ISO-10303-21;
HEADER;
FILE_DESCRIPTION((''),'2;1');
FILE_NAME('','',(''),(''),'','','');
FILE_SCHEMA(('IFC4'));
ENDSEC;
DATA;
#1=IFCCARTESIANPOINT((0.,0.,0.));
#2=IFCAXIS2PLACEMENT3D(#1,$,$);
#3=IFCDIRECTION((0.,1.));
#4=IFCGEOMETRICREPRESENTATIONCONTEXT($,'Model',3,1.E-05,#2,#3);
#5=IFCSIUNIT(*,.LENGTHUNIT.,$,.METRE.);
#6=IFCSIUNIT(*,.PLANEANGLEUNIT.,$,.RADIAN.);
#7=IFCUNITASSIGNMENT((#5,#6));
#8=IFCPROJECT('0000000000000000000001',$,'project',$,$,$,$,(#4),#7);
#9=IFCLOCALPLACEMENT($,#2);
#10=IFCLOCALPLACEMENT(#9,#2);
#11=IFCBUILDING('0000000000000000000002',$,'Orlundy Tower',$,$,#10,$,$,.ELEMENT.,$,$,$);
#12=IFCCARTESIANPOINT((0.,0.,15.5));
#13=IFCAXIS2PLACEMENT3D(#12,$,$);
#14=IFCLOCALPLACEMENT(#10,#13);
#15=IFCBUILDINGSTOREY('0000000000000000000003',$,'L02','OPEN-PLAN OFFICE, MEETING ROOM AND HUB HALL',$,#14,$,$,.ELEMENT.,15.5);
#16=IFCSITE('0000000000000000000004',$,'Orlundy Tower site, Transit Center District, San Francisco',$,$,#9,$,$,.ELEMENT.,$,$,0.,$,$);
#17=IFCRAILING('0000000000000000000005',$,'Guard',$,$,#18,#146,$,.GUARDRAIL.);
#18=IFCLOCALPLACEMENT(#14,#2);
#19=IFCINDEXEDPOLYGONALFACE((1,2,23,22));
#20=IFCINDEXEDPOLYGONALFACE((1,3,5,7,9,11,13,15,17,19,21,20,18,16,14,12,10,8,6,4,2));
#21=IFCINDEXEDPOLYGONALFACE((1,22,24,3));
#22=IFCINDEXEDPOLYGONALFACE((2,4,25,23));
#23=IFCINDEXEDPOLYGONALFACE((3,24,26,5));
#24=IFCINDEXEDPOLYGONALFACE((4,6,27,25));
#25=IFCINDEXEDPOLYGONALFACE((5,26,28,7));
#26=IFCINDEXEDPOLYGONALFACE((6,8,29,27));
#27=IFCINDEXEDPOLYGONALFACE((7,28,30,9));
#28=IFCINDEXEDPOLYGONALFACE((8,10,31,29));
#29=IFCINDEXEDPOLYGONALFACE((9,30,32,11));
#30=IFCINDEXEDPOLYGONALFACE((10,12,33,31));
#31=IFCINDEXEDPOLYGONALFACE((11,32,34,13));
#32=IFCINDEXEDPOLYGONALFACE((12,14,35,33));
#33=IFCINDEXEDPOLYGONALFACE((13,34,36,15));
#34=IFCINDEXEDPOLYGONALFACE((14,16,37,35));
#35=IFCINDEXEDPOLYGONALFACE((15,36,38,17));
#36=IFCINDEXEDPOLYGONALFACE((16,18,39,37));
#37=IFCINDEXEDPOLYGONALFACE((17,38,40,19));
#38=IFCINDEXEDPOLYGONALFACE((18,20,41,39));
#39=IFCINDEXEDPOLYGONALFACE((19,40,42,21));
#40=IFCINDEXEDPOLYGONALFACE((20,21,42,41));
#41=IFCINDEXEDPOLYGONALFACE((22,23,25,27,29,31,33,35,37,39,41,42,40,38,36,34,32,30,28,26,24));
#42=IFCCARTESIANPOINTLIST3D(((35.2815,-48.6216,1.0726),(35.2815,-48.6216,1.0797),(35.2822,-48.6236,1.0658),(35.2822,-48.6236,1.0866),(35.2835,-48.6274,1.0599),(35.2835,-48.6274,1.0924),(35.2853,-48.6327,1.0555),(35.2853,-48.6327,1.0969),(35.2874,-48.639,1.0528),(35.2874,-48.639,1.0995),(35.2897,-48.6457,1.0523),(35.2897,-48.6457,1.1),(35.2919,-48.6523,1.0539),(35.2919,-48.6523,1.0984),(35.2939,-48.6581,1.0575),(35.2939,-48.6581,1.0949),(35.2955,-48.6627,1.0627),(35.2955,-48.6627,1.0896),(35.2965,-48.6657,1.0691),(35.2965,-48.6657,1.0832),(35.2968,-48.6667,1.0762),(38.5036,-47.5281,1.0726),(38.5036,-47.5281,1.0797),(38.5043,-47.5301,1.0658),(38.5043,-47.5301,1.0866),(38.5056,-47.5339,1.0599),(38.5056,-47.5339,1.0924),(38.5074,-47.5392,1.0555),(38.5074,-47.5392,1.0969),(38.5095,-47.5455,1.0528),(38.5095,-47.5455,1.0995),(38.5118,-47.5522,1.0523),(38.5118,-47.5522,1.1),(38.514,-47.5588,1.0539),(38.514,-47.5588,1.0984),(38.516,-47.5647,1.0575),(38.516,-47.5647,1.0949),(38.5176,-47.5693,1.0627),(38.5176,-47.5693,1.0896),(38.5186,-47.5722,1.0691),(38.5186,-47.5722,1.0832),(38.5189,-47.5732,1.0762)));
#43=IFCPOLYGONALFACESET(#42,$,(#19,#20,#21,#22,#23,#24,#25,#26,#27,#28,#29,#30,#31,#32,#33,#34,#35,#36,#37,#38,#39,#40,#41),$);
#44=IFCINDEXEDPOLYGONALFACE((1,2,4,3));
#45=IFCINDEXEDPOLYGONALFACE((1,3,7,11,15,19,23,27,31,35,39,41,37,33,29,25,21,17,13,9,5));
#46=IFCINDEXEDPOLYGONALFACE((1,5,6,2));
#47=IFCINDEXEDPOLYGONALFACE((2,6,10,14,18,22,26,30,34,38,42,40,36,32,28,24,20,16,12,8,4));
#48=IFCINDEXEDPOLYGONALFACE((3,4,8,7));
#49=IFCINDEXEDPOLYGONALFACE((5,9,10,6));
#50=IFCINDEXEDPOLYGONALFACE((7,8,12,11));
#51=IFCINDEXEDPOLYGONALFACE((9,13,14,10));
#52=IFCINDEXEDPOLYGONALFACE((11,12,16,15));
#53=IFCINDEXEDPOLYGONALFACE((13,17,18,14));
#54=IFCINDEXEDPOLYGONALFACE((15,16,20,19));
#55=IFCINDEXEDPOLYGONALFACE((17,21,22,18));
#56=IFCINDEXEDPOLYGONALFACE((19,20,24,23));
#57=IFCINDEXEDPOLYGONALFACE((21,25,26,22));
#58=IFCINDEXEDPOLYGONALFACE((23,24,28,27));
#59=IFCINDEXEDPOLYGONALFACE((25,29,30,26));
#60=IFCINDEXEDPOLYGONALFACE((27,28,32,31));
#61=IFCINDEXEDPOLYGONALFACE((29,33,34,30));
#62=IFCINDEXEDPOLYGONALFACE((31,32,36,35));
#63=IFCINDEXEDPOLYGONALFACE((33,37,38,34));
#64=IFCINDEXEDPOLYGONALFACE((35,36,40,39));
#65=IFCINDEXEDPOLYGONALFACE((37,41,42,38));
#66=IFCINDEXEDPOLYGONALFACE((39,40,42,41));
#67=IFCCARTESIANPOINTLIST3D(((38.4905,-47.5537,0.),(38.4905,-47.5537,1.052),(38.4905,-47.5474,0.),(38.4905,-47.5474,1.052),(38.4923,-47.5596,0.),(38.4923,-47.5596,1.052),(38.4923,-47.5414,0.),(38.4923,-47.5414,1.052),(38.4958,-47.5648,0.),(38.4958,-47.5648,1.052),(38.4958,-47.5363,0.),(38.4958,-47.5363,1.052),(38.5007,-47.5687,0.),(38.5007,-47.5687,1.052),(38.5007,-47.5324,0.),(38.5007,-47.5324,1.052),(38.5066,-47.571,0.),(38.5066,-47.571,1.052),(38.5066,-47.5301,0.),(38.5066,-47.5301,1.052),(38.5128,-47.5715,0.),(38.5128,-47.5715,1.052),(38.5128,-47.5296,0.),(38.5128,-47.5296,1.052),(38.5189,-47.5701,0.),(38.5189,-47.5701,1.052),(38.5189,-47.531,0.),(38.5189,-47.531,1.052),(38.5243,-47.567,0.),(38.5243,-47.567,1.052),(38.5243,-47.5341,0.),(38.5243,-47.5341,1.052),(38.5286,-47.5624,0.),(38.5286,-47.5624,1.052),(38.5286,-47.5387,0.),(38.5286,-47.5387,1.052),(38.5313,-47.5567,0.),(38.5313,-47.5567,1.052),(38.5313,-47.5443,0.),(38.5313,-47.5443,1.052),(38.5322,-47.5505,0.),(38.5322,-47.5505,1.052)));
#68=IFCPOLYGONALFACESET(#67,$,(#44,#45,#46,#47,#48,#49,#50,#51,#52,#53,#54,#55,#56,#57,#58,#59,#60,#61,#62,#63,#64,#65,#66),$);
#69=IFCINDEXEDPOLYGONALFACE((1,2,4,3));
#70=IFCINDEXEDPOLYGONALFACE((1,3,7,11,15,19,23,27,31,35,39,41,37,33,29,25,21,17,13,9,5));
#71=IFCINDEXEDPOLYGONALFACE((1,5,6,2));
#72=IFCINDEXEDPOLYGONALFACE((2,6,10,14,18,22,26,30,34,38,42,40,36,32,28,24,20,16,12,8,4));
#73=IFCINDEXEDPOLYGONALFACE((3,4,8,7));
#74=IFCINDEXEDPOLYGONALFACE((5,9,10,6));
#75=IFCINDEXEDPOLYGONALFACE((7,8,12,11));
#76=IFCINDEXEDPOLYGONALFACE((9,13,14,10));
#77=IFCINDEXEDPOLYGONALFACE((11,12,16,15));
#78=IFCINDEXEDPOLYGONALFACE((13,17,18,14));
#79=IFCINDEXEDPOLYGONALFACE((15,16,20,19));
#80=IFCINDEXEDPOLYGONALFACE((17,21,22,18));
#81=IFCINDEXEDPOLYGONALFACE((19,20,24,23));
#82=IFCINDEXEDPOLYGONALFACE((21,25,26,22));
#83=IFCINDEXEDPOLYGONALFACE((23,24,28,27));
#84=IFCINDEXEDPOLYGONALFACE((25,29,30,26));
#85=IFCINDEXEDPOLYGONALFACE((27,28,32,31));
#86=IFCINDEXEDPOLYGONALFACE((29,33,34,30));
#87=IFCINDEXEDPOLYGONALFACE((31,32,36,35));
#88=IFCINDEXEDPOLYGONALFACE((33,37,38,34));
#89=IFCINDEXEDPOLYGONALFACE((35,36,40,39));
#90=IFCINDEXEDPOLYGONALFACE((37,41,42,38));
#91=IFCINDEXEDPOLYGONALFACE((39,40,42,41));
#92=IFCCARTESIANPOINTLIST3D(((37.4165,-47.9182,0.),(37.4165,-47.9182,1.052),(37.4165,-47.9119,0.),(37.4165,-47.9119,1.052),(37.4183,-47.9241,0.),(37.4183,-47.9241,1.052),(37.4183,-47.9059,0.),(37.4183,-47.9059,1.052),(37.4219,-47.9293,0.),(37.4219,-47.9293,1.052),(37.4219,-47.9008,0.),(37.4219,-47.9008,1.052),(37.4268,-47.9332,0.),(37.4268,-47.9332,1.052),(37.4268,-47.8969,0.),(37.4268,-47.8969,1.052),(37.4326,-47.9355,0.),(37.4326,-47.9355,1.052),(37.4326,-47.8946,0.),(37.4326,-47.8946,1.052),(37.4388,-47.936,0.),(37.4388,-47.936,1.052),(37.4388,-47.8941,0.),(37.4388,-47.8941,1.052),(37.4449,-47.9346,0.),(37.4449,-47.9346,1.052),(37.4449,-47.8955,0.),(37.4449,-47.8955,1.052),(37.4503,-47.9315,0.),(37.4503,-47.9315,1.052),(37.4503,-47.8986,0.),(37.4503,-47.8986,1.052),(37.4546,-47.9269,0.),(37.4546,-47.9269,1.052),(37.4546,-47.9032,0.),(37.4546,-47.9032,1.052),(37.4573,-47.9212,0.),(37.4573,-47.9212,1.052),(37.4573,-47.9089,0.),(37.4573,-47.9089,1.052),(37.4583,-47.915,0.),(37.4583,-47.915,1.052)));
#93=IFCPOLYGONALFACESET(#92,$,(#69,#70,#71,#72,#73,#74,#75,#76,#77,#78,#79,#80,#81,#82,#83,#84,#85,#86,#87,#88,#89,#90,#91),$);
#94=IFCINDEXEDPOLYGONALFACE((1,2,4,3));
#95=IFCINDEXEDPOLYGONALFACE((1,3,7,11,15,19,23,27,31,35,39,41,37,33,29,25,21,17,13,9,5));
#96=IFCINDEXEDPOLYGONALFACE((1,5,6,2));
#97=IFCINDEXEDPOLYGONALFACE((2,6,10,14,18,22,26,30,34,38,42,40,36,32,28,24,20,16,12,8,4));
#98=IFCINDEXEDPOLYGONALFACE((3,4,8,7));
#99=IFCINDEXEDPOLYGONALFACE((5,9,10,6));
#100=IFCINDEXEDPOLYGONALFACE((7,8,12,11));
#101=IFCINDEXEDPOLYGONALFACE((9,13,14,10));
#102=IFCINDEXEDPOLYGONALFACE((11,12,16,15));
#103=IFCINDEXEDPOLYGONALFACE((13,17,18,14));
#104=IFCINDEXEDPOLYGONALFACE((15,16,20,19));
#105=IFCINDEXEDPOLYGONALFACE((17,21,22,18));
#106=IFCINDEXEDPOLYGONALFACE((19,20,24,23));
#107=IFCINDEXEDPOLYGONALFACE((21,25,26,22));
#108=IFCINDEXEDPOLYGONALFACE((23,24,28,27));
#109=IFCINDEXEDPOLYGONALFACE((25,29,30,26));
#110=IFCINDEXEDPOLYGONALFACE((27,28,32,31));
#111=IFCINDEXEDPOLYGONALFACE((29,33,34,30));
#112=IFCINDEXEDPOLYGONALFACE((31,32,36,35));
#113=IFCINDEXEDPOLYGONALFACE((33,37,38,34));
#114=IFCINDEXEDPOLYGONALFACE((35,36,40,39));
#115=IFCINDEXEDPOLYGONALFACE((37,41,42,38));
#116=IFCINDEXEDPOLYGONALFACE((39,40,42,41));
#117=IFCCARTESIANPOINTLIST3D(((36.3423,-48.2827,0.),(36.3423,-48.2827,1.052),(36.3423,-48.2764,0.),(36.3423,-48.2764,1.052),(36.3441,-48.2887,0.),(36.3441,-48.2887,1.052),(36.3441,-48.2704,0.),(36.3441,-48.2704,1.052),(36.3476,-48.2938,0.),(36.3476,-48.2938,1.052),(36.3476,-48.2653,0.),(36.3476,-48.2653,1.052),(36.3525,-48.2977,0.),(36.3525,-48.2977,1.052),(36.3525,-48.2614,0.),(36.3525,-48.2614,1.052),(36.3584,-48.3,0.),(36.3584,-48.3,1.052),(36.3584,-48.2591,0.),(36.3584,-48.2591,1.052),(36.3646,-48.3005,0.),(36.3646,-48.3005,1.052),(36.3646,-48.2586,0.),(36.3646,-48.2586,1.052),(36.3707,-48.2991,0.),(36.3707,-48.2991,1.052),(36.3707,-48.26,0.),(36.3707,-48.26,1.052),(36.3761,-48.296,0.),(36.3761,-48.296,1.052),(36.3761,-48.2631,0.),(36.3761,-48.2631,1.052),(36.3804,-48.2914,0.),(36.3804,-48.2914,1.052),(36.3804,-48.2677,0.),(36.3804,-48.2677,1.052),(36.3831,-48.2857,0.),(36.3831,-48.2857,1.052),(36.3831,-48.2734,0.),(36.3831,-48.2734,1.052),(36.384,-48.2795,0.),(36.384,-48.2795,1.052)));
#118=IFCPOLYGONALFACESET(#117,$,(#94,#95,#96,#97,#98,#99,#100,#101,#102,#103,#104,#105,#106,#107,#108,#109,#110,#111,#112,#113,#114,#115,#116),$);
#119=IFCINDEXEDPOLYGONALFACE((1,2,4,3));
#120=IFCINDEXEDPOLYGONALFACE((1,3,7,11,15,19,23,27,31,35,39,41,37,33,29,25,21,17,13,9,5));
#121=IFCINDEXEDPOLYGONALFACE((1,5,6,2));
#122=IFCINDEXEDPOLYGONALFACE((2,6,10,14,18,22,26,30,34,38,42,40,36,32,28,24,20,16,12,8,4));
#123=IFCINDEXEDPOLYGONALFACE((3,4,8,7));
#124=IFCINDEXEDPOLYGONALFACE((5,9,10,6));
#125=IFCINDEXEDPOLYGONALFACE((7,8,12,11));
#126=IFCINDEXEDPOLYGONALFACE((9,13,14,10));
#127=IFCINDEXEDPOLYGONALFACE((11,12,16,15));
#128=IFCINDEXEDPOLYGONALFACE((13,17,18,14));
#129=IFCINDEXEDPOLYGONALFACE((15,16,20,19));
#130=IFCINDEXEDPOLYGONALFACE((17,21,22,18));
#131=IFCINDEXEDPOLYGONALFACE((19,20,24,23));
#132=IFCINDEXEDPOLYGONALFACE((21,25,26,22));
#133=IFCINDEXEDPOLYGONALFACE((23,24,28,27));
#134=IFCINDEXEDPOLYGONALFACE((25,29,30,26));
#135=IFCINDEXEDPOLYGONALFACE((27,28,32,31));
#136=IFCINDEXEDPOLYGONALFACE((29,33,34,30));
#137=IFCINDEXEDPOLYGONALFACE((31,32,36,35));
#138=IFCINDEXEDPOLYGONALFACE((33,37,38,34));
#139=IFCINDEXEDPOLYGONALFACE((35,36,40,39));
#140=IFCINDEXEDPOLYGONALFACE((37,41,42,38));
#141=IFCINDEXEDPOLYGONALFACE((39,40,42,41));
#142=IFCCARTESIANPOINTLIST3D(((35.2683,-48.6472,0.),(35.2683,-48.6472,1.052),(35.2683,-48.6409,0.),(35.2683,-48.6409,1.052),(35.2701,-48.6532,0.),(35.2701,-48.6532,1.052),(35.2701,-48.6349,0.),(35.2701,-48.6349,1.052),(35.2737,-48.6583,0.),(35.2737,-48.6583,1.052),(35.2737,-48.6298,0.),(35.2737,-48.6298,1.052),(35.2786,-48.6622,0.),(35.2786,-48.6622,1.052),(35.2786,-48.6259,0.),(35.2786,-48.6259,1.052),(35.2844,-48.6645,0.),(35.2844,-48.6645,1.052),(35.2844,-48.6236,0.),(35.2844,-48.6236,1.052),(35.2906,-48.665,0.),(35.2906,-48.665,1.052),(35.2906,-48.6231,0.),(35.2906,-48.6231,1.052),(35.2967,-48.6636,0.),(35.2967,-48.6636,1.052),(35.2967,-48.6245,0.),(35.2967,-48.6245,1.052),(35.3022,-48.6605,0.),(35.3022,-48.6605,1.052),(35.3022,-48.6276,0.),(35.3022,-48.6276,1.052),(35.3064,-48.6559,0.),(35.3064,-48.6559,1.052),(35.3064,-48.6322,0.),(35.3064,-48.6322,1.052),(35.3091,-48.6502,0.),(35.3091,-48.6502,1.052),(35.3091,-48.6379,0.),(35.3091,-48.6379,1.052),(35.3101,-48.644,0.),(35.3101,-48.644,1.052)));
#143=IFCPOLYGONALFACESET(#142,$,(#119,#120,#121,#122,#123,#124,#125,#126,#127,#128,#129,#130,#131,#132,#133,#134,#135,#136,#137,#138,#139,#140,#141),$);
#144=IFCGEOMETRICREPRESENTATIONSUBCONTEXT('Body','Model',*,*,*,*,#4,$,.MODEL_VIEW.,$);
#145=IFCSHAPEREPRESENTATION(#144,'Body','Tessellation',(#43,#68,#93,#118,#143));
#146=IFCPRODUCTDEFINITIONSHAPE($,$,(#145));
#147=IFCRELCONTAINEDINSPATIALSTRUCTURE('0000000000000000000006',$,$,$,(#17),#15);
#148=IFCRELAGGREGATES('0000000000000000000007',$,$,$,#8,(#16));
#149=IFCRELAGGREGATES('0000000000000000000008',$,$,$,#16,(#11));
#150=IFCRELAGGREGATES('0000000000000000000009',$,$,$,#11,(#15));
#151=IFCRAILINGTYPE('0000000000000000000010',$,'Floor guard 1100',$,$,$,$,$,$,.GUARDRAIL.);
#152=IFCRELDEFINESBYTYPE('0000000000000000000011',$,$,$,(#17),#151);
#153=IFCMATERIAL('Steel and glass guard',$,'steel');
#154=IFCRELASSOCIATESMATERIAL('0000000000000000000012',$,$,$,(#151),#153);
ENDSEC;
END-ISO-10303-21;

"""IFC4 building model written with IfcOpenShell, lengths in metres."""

from ifc_helpers import new_model, si_unit, direction, frame, origin, origin_2d, place, context, subcontext, project, spatial, circle, extrude, material, type_object, element, save


model = new_model("IFC4")

# Units and contexts
model_context = context("Model", 3, precision=1e-05, world=origin(), true_north=direction((0.0, 1.0)))
body_context = subcontext(model_context, "Body", "Model", "MODEL_VIEW")
ifc_project = project(units=[si_unit("LENGTHUNIT", "METRE"), si_unit("PLANEANGLEUNIT", "RADIAN")], contexts=[model_context])

# Site, building, storey
site_placement = place(None, origin())
site = spatial("IfcSite", under=ifc_project, at=site_placement, Name="Orlundy Tower site, Transit Center District, San Francisco", CompositionType="ELEMENT", RefElevation=0.0)
building_placement = place(site_placement, origin())
building = spatial("IfcBuilding", under=site, at=building_placement, Name="Orlundy Tower", CompositionType="ELEMENT")
storey_placement = place(building_placement, frame((0.0, 0.0, 15.5)))
storey = spatial("IfcBuildingStorey", under=building, at=storey_placement, Name="L02", Description="OPEN-PLAN OFFICE, MEETING ROOM AND HUB HALL", CompositionType="ELEMENT", Elevation=15.5)

# Railing
ifc_material_1 = material(Name="Steel and glass guard", Category="steel")
railing_type = type_object("IfcRailingType", Name="Floor guard 1100", PredefinedType="GUARDRAIL", material=ifc_material_1)
railing_1_placement = place(storey_placement, frame((38.5112, -47.5505, 0.0)))
element("IfcRailing", 1, at=railing_1_placement, inside=storey, type_object=railing_type, Name="Guard", PredefinedType="GUARDRAIL", context=body_context, shape_type="SweptSolid", body=[
    extrude(circle(Radius=0.0239, at=origin_2d()), frame((0.0, 0.0, 1.0762), z_axis=(-0.946955, -0.321368, 0.0), x_axis=(0.321368, -0.946955, 0.0)), (0.0, 0.0, 1.0), 3.4026),
    extrude(circle(Radius=0.021, at=origin_2d()), origin(), (0.0, 0.0, 1.0), 1.052),
    extrude(circle(Radius=0.021, at=origin_2d()), frame((-1.074, -0.3645, 0.0)), (0.0, 0.0, 1.0), 1.052),
    extrude(circle(Radius=0.021, at=origin_2d()), frame((-2.1482, -0.729, 0.0)), (0.0, 0.0, 1.0), 1.052),
    extrude(circle(Radius=0.021, at=origin_2d()), frame((-3.2222, -1.0935, 0.0)), (0.0, 0.0, 1.0), 1.052),
])

save(model, "model.ifc")
